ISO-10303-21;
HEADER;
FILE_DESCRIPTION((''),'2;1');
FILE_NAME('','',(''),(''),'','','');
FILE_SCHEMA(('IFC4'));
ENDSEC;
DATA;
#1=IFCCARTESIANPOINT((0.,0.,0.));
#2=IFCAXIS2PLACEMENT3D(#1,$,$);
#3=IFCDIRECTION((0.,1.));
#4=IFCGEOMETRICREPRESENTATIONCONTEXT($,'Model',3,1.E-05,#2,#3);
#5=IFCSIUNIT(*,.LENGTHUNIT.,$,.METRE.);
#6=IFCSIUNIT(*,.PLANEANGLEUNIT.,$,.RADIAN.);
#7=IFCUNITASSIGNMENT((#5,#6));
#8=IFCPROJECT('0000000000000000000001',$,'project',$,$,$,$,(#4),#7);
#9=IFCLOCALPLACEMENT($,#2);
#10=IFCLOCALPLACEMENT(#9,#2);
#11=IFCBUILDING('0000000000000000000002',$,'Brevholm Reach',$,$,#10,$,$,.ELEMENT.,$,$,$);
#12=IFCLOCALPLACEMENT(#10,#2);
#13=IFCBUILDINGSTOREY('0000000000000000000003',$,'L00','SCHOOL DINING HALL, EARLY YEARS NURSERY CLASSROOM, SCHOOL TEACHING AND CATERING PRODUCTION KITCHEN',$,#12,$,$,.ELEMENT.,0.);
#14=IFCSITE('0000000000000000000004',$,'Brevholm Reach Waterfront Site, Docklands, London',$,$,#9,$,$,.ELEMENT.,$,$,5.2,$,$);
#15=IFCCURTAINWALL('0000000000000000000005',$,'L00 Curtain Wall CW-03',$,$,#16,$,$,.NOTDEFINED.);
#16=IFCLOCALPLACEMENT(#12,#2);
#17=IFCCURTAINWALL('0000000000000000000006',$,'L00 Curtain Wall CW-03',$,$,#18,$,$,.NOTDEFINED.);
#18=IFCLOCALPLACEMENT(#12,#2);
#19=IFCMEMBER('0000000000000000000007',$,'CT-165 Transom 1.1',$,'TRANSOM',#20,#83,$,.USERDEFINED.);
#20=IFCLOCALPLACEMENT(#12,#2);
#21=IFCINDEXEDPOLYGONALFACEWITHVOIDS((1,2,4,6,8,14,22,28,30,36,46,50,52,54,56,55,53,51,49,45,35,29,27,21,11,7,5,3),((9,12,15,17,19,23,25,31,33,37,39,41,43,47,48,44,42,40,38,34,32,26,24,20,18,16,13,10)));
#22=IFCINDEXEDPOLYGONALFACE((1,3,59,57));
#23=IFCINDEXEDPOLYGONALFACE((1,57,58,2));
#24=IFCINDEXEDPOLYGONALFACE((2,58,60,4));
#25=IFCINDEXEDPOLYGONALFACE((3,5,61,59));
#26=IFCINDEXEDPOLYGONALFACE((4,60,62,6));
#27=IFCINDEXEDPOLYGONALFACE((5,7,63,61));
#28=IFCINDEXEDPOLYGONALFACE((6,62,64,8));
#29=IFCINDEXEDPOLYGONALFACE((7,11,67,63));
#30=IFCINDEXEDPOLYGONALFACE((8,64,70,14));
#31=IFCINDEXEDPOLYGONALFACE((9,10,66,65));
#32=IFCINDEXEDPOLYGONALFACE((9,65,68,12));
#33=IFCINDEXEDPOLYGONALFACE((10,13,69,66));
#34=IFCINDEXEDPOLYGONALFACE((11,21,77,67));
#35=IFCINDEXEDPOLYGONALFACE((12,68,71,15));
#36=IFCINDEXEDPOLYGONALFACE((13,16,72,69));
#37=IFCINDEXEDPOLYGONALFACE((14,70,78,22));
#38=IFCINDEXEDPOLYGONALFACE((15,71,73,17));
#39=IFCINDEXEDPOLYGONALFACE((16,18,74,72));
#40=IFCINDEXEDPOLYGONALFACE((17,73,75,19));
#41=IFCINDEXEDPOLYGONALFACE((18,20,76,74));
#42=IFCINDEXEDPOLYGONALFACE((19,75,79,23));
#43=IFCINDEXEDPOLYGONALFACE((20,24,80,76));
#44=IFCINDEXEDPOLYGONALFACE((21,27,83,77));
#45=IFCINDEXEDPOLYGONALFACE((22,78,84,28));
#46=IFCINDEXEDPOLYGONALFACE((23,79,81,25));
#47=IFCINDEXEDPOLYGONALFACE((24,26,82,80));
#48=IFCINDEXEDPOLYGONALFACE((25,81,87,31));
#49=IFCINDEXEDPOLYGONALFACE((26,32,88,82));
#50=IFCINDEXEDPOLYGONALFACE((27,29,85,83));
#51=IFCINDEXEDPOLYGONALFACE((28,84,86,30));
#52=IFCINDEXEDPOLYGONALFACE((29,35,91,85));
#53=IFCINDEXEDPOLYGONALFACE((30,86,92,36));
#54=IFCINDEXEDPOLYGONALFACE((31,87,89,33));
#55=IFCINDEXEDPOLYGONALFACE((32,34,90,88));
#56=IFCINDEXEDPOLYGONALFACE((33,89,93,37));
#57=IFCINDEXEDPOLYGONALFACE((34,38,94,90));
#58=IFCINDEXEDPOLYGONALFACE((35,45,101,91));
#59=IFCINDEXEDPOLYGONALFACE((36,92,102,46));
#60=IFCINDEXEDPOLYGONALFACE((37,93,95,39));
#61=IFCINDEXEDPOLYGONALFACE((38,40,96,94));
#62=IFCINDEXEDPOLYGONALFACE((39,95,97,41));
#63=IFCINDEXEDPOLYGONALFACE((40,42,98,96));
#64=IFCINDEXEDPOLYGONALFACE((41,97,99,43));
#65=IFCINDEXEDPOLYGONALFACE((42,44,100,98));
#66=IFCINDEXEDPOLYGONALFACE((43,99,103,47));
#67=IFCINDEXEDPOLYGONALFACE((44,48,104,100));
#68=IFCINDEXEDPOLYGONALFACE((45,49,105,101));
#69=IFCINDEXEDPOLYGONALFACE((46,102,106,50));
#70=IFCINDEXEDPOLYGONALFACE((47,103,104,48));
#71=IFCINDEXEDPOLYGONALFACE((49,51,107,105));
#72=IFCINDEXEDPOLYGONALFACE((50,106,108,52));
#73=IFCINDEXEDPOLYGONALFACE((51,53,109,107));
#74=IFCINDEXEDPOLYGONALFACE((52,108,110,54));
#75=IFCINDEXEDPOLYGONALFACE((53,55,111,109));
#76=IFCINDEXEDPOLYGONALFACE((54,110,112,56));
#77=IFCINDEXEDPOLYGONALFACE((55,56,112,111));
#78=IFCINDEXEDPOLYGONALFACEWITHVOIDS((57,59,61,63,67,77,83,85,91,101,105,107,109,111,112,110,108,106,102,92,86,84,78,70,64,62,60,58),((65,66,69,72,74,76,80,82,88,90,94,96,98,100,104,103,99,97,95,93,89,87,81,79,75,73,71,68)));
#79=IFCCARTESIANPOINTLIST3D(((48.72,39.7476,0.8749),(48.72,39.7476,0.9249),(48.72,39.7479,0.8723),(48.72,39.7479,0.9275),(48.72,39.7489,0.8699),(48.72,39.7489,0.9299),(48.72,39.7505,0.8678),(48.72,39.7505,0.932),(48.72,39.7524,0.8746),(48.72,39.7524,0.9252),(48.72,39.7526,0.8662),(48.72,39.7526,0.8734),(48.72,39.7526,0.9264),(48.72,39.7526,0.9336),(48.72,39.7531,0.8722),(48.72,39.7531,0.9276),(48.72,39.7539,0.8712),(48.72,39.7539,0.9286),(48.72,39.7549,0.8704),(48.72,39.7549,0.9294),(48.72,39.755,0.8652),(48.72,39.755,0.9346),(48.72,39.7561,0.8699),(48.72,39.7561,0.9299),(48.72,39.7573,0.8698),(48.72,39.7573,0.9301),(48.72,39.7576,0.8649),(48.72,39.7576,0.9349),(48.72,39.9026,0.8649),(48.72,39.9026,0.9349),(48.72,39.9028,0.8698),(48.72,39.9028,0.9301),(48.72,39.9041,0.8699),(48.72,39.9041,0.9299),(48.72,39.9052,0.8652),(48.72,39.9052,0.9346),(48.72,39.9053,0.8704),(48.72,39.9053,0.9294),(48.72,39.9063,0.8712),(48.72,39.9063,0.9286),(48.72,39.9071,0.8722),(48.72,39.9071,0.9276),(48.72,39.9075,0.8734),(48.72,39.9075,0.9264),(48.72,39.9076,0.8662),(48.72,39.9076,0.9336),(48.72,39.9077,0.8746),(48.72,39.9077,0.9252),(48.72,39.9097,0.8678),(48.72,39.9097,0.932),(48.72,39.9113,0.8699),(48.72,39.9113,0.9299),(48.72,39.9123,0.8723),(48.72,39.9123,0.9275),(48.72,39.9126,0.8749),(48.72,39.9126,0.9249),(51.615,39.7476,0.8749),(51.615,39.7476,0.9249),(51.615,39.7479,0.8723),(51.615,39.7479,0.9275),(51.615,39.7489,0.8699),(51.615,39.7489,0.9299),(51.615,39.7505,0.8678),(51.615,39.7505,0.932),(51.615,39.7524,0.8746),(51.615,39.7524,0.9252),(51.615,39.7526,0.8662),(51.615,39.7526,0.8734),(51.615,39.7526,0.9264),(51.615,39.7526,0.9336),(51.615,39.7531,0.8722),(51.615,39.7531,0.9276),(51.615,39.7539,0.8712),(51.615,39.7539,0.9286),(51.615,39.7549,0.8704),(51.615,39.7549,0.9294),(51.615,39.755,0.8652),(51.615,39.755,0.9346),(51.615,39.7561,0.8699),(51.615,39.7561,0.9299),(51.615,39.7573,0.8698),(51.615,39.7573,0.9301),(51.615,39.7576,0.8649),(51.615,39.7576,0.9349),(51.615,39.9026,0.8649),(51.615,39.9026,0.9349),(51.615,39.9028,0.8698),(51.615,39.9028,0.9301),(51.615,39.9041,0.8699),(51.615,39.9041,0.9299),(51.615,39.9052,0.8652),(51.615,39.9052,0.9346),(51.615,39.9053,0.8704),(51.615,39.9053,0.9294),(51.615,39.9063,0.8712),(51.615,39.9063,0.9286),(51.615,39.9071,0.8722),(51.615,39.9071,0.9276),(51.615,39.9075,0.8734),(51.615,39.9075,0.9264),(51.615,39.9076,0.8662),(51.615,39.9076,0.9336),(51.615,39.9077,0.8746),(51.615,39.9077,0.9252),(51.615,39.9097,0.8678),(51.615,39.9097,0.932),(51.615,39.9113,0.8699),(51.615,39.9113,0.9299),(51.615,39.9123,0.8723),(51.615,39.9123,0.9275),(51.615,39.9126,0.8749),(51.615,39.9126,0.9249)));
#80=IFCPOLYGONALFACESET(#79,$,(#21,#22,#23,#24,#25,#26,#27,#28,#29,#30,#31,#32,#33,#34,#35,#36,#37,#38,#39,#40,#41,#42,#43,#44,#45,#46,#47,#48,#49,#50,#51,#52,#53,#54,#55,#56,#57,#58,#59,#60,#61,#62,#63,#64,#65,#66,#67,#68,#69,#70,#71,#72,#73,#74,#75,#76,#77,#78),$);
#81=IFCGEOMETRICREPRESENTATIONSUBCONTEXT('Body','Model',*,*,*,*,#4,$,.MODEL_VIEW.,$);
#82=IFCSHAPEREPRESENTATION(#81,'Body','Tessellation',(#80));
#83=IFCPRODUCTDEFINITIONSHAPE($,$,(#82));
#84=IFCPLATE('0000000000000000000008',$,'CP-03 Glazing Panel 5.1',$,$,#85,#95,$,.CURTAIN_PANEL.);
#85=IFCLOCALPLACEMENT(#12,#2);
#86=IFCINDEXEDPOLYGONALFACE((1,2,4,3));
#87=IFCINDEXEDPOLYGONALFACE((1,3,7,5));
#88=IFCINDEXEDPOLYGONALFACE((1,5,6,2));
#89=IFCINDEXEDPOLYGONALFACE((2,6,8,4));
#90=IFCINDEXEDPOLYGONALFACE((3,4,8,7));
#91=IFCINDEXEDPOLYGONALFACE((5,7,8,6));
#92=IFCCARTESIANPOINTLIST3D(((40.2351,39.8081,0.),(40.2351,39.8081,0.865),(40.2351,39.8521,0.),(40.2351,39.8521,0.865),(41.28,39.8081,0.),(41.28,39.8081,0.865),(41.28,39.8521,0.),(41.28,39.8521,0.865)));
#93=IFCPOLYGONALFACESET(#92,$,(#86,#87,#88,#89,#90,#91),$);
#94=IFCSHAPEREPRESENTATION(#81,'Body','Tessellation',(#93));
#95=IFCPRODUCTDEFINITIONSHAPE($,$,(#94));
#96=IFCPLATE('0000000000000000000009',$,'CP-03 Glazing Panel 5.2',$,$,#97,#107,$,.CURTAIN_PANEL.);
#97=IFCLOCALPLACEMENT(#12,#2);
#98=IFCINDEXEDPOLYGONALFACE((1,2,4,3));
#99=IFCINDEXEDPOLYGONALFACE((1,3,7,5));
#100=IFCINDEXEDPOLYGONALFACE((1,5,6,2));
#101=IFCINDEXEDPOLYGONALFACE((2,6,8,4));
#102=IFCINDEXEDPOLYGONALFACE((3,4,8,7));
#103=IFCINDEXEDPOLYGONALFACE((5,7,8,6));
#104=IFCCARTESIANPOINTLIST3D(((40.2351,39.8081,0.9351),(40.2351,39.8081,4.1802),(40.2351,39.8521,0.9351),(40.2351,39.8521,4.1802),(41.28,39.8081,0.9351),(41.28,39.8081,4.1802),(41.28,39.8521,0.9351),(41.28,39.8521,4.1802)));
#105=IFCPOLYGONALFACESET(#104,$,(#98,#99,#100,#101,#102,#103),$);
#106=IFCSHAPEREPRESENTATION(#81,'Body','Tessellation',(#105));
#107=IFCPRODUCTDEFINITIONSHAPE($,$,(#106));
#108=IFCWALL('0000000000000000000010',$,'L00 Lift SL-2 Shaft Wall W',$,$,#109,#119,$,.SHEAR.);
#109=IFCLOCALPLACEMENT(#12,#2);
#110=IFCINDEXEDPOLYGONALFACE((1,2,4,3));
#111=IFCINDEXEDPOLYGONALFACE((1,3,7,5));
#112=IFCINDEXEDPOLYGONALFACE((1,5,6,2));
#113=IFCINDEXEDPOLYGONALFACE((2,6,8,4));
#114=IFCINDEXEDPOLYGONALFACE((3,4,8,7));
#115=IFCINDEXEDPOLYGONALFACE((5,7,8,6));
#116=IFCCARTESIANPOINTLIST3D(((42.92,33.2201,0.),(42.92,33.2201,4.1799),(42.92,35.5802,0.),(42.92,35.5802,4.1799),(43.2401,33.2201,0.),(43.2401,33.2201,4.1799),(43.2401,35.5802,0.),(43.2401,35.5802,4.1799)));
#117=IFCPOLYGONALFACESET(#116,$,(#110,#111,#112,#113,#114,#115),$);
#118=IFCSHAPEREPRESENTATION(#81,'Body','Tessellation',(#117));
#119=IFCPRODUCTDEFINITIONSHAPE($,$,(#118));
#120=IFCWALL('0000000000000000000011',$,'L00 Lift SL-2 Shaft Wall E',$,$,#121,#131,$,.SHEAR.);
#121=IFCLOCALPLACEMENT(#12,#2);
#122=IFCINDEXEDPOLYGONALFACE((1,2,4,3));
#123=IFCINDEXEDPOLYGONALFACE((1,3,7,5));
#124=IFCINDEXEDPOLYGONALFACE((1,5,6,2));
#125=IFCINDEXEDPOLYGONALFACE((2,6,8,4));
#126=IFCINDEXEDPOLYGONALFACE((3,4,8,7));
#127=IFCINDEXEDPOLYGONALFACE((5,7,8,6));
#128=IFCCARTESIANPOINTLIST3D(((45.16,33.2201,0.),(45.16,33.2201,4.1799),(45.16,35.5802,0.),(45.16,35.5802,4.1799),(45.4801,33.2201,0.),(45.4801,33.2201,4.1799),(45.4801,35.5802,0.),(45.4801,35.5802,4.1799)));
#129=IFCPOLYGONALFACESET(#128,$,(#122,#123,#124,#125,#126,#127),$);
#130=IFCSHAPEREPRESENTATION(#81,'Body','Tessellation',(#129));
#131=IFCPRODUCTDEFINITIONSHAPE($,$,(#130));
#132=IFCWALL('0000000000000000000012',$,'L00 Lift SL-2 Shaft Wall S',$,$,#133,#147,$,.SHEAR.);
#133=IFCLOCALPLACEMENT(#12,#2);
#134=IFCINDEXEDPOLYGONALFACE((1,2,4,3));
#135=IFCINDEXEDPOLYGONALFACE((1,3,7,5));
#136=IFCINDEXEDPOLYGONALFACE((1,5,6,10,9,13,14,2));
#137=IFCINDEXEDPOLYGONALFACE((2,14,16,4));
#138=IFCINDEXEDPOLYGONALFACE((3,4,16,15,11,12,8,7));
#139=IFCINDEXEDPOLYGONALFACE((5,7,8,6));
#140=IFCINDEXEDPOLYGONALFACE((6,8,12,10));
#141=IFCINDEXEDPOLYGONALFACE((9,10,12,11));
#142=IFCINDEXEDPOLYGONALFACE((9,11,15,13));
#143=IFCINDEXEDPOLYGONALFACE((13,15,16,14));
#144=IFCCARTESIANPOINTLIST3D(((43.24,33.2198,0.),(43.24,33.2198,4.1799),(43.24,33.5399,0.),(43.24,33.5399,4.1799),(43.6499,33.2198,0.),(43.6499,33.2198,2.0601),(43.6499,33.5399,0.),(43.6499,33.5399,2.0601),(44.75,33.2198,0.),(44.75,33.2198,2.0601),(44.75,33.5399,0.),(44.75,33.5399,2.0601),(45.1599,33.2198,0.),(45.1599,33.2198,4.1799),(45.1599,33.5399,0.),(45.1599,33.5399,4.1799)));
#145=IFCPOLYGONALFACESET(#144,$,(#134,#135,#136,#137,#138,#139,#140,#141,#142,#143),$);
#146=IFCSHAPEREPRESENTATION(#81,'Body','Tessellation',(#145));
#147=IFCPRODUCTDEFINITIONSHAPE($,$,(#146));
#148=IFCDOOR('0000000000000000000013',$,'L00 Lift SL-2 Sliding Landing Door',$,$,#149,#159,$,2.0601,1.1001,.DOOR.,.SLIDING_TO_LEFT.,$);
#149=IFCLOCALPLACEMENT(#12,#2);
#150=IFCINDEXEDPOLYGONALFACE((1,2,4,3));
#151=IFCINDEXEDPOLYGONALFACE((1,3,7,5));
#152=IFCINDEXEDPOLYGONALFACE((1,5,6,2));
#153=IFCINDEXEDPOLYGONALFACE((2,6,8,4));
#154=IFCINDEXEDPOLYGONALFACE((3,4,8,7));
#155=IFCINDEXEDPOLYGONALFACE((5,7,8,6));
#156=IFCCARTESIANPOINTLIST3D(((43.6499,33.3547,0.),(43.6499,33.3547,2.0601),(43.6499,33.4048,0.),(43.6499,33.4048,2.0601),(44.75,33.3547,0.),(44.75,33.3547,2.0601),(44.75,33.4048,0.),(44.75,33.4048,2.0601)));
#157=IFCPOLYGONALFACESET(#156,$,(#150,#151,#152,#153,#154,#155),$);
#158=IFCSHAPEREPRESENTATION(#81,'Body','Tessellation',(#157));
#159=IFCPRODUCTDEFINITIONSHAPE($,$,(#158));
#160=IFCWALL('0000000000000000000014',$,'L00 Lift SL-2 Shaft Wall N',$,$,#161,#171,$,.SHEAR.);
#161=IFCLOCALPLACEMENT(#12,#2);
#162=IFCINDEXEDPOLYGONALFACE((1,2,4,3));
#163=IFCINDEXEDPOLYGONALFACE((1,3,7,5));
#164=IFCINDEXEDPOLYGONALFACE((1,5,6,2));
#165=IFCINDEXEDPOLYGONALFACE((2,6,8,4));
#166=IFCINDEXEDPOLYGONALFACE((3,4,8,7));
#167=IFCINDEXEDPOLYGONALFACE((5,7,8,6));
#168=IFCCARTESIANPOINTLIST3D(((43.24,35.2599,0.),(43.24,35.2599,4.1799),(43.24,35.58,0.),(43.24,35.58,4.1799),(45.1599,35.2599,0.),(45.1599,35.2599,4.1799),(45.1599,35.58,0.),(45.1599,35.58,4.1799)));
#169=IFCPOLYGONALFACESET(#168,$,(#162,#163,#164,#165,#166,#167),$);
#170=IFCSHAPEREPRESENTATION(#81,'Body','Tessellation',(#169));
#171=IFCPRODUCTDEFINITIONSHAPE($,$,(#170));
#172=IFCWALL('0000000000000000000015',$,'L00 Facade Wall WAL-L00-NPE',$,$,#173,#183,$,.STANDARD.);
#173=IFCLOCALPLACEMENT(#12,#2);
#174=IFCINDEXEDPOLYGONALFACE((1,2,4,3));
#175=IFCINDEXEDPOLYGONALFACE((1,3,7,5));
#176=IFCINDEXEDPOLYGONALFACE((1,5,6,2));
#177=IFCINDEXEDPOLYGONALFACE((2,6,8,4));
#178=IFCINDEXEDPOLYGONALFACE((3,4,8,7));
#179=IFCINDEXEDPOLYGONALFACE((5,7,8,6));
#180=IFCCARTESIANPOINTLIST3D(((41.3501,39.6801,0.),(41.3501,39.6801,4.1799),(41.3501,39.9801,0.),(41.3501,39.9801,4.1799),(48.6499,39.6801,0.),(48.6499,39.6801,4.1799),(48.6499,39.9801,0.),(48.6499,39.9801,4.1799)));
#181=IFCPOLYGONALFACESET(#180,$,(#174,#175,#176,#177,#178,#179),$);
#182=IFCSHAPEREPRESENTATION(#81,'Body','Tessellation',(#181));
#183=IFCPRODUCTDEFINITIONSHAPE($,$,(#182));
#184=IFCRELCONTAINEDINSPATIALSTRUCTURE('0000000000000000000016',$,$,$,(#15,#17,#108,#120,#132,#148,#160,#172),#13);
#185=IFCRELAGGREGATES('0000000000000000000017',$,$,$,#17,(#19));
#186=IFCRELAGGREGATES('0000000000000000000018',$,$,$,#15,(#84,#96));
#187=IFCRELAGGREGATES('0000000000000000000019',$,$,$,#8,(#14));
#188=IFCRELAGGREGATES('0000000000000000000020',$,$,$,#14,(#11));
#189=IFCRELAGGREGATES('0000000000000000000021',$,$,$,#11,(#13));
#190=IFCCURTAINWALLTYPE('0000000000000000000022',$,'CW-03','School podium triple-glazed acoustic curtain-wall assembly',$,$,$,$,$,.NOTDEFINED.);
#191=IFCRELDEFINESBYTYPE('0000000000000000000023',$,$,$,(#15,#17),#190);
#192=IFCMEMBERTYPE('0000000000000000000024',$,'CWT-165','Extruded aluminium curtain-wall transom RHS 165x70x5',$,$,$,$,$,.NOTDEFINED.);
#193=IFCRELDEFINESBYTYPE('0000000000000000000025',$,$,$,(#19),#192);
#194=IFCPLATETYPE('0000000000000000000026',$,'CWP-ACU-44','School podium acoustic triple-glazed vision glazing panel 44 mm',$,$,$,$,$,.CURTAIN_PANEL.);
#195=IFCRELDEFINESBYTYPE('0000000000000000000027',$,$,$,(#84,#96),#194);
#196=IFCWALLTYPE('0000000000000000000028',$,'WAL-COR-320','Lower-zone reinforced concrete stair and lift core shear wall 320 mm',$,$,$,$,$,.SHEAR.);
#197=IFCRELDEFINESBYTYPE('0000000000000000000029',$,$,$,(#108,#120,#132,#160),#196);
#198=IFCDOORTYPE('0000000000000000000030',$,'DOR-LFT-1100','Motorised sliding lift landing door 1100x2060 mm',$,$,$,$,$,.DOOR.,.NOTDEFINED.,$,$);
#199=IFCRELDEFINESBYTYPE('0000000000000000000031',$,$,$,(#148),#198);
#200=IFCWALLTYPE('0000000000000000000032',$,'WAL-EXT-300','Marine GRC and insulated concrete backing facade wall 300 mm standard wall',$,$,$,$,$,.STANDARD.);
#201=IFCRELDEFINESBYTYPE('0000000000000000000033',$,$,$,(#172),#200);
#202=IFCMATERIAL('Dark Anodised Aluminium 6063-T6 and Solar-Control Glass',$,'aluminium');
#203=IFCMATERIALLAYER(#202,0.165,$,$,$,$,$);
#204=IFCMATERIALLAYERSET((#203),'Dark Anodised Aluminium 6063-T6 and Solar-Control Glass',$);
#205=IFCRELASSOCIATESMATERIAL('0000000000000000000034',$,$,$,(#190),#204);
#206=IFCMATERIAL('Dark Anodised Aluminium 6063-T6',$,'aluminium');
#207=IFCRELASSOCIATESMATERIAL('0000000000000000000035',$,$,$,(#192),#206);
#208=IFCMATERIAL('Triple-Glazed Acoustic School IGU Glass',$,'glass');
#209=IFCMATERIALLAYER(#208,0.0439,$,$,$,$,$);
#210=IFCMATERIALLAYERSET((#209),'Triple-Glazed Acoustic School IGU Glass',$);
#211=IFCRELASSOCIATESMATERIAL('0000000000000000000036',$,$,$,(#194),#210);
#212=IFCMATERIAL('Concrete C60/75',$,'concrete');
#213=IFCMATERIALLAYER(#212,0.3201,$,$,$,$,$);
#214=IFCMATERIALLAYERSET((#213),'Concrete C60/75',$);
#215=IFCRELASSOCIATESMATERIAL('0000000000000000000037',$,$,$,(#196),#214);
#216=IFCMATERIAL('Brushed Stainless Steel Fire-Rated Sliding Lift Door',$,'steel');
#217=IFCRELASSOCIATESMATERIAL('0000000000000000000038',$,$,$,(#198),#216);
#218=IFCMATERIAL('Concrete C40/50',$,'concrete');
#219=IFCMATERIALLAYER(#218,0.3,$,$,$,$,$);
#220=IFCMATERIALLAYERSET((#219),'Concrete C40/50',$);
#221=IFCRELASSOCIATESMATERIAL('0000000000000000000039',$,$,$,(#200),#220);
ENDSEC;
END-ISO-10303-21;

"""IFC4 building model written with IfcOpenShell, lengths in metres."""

from ifc_helpers import new_model, si_unit, direction, frame, frame_2d, origin, origin_2d, place, context, subcontext, project, spatial, rectangle, hollow_rectangle, extrude, material, layer, layer_set, material_profile, profile_set, type_object, element, fill, aggregate, save


model = new_model("IFC4")

# Units and contexts
model_context = context("Model", 3, precision=1e-05, world=origin(), true_north=direction((0.0, 1.0)))
body_context = subcontext(model_context, "Body", "Model", "MODEL_VIEW")
ifc_project = project(units=[si_unit("LENGTHUNIT", "METRE"), si_unit("PLANEANGLEUNIT", "RADIAN")], contexts=[model_context])

# Site, building, storey
site_placement = place(None, origin())
site = spatial("IfcSite", under=ifc_project, at=site_placement, Name="Brevholm Reach Waterfront Site, Docklands, London", CompositionType="ELEMENT", RefElevation=5.2)
building_placement = place(site_placement, origin())
building = spatial("IfcBuilding", under=site, at=building_placement, Name="Brevholm Reach", CompositionType="ELEMENT")
storey_placement = place(building_placement, origin())
storey = spatial("IfcBuildingStorey", under=building, at=storey_placement, Name="L00", Description="SCHOOL DINING HALL, EARLY YEARS NURSERY CLASSROOM, SCHOOL TEACHING AND CATERING PRODUCTION KITCHEN", CompositionType="ELEMENT", Elevation=0.0)

# Curtain wall
ifc_material_1 = material(Name="Dark Anodised Aluminium 6063-T6 and Solar-Control Glass", Category="aluminium")
ifc_layer_1 = layer(ifc_material_1, 0.165)
ifc_layer_set_1 = layer_set([ifc_layer_1], Name="Dark Anodised Aluminium 6063-T6 and Solar-Control Glass")
curtain_wall_type = type_object("IfcCurtainWallType", Name="CW-03", Description="School podium triple-glazed acoustic curtain-wall assembly", PredefinedType="NOTDEFINED", material=ifc_layer_set_1)
curtain_wall_1_placement = place(storey_placement, origin())
curtain_wall_1 = element("IfcCurtainWall", 1, at=curtain_wall_1_placement, inside=storey, type_object=curtain_wall_type, Name="L00 Curtain Wall CW-03", PredefinedType="NOTDEFINED")

# Curtain wall
curtain_wall_2_placement = place(storey_placement, origin())
curtain_wall_2 = element("IfcCurtainWall", 2, at=curtain_wall_2_placement, inside=storey, type_object=curtain_wall_type, Name="L00 Curtain Wall CW-03", PredefinedType="NOTDEFINED")

# Member
ifc_material_2 = material(Name="Dark Anodised Aluminium 6063-T6", Category="aluminium")
ifc_material_profile_1 = material_profile(ifc_material_2, hollow_rectangle(XDim=0.0701, YDim=0.165, WallThickness=0.0049, InnerFilletRadius=0.0049, OuterFilletRadius=0.01, at=origin_2d()), Name="RHS 165x70x5")
ifc_profile_set_1 = profile_set([ifc_material_profile_1], Name="Dark Anodised Aluminium 6063-T6")
member_type_1 = type_object("IfcMemberType", Name="CWT-165", Description="Extruded aluminium curtain-wall transom RHS 165x70x5", PredefinedType="NOTDEFINED", material=ifc_profile_set_1)
member_1_placement = place(storey_placement, frame((48.72, 39.8301, 0.8999), z_axis=(1.0, 0.0, 0.0), x_axis=(0.0, 0.0, 1.0)))
member_1 = element("IfcMember", 3, at=member_1_placement, type_object=member_type_1, Name="CT-165 Transom 1.1", ObjectType="TRANSOM", PredefinedType="USERDEFINED", context=body_context, shape_type="SweptSolid", body=[
    extrude(hollow_rectangle(XDim=0.0701, YDim=0.165, WallThickness=0.0049, InnerFilletRadius=0.0049, OuterFilletRadius=0.01, at=origin_2d()), origin(), (0.0, 0.0, 1.0), 2.895),
])
aggregate(curtain_wall_2, [member_1])

# Plates
ifc_material_3 = material(Name="Triple-Glazed Acoustic School IGU Glass", Category="glass")
ifc_layer_2 = layer(ifc_material_3, 0.0439)
ifc_layer_set_2 = layer_set([ifc_layer_2], Name="Triple-Glazed Acoustic School IGU Glass")
plate_type = type_object("IfcPlateType", Name="CWP-ACU-44", Description="School podium acoustic triple-glazed vision glazing panel 44 mm", PredefinedType="CURTAIN_PANEL", material=ifc_layer_set_2)
plate_1_placement = place(storey_placement, frame((40.7576, 39.8301, 0.0), z_axis=(0.0, 0.0, 1.0), x_axis=(1.0, 0.0, 0.0)))
plate_1 = element("IfcPlate", 4, at=plate_1_placement, type_object=plate_type, Name="CP-03 Glazing Panel 5.1", PredefinedType="CURTAIN_PANEL", context=body_context, shape_type="SweptSolid", body=[
    extrude(rectangle(XDim=1.0449, YDim=0.0439, at=origin_2d()), origin(), (0.0, 0.0, 1.0), 0.865),
])
plate_2_placement = place(storey_placement, frame((40.7576, 39.8301, 0.9351), z_axis=(0.0, 0.0, 1.0), x_axis=(1.0, 0.0, 0.0)))
plate_2 = element("IfcPlate", 5, at=plate_2_placement, type_object=plate_type, Name="CP-03 Glazing Panel 5.2", PredefinedType="CURTAIN_PANEL", context=body_context, shape_type="SweptSolid", body=[
    extrude(rectangle(XDim=1.0449, YDim=0.0439, at=origin_2d()), origin(), (0.0, 0.0, 1.0), 3.2451),
])
aggregate(curtain_wall_1, [plate_1, plate_2])

# Walls
ifc_material_4 = material(Name="Concrete C60/75", Category="concrete")
ifc_layer_3 = layer(ifc_material_4, 0.3201)
ifc_layer_set_3 = layer_set([ifc_layer_3], Name="Concrete C60/75")
wall_type_1 = type_object("IfcWallType", Name="WAL-COR-320", Description="Lower-zone reinforced concrete stair and lift core shear wall 320 mm", PredefinedType="SHEAR", material=ifc_layer_set_3)
for number, where, z_axis, x_axis, name in (
    (6, (43.0801, 33.22, 0.0), (0.0, 0.0, 1.0), (0.0, 1.0, 0.0), "L00 Lift SL-2 Shaft Wall W"),
    (7, (45.3201, 33.22, 0.0), (0.0, 0.0, 1.0), (0.0, 1.0, 0.0), "L00 Lift SL-2 Shaft Wall E"),
):
    element("IfcWall", number, at=place(storey_placement, frame(where, z_axis=z_axis, x_axis=x_axis)), inside=storey, type_object=wall_type_1, Name=name, PredefinedType="SHEAR", context=body_context, shape_type="SweptSolid", body=[
        extrude(rectangle(XDim=2.3601, YDim=0.3201, at=frame_2d((1.1802, 0.0))), origin(), (0.0, 0.0, 1.0), 4.1799),
    ])

# Wall, opening, door
wall_1_placement = place(storey_placement, frame((43.24, 33.3799, 0.0), z_axis=(0.0, 0.0, 1.0), x_axis=(1.0, 0.0, 0.0)))
wall_1 = element("IfcWall", 8, at=wall_1_placement, inside=storey, type_object=wall_type_1, Name="L00 Lift SL-2 Shaft Wall S", PredefinedType="SHEAR", context=body_context, shape_type="SweptSolid", body=[
    extrude(rectangle(XDim=1.9199, YDim=0.3201, at=frame_2d((0.96, 0.0))), origin(), (0.0, 0.0, 1.0), 4.1799),
])
opening_1_placement = place(wall_1_placement, frame((0.4099, 0.0, 0.0)))
opening_1 = element("IfcOpeningElement", 9, at=opening_1_placement, cuts=wall_1, PredefinedType="OPENING", context=body_context, shape_type="SweptSolid", body=[
    extrude(rectangle(XDim=1.1001, YDim=2.0601, at=frame_2d((0.55, 1.03))), frame((0.0, 0.1699, 0.0), z_axis=(0.0, -1.0, 0.0), x_axis=(1.0, 0.0, 0.0)), (0.0, 0.0, 1.0), 0.3401),
])
ifc_material_5 = material(Name="Brushed Stainless Steel Fire-Rated Sliding Lift Door", Category="steel")
door_type_1 = type_object("IfcDoorType", Name="DOR-LFT-1100", Description="Motorised sliding lift landing door 1100x2060 mm", OperationType="NOTDEFINED", PredefinedType="DOOR", material=ifc_material_5)
door_1_placement = place(opening_1_placement, origin())
door_1 = element("IfcDoor", 10, at=door_1_placement, inside=storey, type_object=door_type_1, Name="L00 Lift SL-2 Sliding Landing Door", OperationType="SLIDING_TO_LEFT", OverallHeight=2.0601, OverallWidth=1.1001, PredefinedType="DOOR", context=body_context, shape_type="SweptSolid", body=[
    extrude(rectangle(XDim=1.1001, YDim=2.0601, at=frame_2d((0.55, 1.03))), frame((0.0, 0.0249, 0.0), z_axis=(0.0, -1.0, 0.0), x_axis=(1.0, 0.0, 0.0)), (0.0, 0.0, 1.0), 0.05),
])
fill(opening_1, door_1)

# Walls
wall_2_placement = place(storey_placement, frame((43.24, 35.4199, 0.0), z_axis=(0.0, 0.0, 1.0), x_axis=(1.0, 0.0, 0.0)))
element("IfcWall", 11, at=wall_2_placement, inside=storey, type_object=wall_type_1, Name="L00 Lift SL-2 Shaft Wall N", PredefinedType="SHEAR", context=body_context, shape_type="SweptSolid", body=[
    extrude(rectangle(XDim=1.9199, YDim=0.3201, at=frame_2d((0.96, 0.0))), origin(), (0.0, 0.0, 1.0), 4.1799),
])
ifc_material_6 = material(Name="Concrete C40/50", Category="concrete")
ifc_layer_4 = layer(ifc_material_6, 0.3)
ifc_layer_set_4 = layer_set([ifc_layer_4], Name="Concrete C40/50")
wall_type_2 = type_object("IfcWallType", Name="WAL-EXT-300", Description="Marine GRC and insulated concrete backing facade wall 300 mm standard wall", PredefinedType="STANDARD", material=ifc_layer_set_4)
wall_3_placement = place(storey_placement, frame((41.3501, 39.8301, 0.0), z_axis=(0.0, 0.0, 1.0), x_axis=(1.0, 0.0, 0.0)))
element("IfcWall", 12, at=wall_3_placement, inside=storey, type_object=wall_type_2, Name="L00 Facade Wall WAL-L00-NPE", PredefinedType="STANDARD", context=body_context, shape_type="SweptSolid", body=[
    extrude(rectangle(XDim=7.2998, YDim=0.3, at=frame_2d((3.6499, 0.0))), origin(), (0.0, 0.0, 1.0), 4.1799),
])

save(model, "model.ifc")
